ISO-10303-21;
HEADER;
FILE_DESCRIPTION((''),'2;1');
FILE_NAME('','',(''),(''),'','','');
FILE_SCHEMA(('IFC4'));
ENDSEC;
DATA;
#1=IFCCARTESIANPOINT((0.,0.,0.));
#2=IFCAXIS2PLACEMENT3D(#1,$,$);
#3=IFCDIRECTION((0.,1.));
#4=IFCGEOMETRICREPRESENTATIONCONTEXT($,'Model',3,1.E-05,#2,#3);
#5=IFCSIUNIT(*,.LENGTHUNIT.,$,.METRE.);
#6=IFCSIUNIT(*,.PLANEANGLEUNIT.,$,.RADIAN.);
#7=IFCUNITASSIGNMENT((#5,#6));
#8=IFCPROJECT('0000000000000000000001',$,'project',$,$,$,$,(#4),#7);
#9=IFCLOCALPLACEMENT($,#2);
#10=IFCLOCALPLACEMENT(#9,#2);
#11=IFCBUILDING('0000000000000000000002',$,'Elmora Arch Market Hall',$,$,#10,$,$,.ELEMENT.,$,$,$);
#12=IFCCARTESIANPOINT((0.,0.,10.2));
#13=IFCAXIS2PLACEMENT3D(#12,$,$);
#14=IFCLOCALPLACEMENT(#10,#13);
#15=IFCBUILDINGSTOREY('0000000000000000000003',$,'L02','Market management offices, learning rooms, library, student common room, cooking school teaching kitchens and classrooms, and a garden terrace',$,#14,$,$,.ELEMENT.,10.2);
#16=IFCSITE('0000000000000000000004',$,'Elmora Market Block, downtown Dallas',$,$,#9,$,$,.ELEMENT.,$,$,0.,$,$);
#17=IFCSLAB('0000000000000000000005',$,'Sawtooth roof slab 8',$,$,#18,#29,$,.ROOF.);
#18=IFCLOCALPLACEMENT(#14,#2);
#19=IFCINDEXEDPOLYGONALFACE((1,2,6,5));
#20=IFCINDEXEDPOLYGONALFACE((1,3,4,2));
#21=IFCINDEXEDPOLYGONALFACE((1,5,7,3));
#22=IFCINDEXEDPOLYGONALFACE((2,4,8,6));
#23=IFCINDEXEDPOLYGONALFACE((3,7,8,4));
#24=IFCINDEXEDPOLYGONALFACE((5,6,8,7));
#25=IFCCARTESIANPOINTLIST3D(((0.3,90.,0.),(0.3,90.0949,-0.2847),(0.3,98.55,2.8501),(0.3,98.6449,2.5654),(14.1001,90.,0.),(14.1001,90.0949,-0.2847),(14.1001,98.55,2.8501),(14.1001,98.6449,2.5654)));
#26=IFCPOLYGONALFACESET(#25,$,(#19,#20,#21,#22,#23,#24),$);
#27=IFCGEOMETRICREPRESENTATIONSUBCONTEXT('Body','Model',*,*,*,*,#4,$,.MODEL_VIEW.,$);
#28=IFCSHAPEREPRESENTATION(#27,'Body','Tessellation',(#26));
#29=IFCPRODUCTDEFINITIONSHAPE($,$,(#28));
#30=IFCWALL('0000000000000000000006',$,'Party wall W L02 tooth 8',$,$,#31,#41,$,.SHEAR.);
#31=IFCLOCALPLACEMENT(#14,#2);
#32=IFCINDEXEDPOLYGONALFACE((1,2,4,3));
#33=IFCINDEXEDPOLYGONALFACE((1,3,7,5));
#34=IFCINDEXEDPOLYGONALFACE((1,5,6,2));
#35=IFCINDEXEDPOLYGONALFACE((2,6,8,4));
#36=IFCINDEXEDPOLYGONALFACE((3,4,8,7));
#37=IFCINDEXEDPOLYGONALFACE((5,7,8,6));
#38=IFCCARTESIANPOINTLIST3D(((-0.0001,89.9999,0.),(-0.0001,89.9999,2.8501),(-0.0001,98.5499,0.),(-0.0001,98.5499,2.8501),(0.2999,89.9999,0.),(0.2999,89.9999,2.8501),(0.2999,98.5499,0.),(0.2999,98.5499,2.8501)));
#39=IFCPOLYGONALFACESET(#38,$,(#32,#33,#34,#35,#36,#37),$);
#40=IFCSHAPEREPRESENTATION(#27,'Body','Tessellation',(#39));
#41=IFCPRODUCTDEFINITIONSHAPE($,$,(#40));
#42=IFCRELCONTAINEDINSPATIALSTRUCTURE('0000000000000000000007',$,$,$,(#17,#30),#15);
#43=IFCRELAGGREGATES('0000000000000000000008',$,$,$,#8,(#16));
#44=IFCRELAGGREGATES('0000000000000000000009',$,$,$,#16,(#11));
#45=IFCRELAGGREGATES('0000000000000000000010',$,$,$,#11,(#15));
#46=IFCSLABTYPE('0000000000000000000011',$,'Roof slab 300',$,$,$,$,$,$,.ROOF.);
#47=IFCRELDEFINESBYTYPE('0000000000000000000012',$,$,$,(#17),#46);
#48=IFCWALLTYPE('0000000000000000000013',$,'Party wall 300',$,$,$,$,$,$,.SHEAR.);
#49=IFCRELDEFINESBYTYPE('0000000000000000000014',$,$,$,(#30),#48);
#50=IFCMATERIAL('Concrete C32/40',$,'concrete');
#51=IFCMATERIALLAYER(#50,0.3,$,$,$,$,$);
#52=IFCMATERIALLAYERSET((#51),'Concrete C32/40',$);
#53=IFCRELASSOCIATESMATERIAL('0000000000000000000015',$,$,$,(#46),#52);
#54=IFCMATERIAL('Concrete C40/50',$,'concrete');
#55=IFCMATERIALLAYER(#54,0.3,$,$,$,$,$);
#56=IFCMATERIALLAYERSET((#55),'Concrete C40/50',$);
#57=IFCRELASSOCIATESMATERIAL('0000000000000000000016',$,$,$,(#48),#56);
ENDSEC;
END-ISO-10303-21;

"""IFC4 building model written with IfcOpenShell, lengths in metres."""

from ifc_helpers import new_model, si_unit, direction, frame, frame_2d, origin, place, context, subcontext, project, spatial, polyline, rectangle, outline, extrude, material, layer, layer_set, type_object, element, save


model = new_model("IFC4")

# Units and contexts
model_context = context("Model", 3, precision=1e-05, world=origin(), true_north=direction((0.0, 1.0)))
body_context = subcontext(model_context, "Body", "Model", "MODEL_VIEW")
ifc_project = project(units=[si_unit("LENGTHUNIT", "METRE"), si_unit("PLANEANGLEUNIT", "RADIAN")], contexts=[model_context])

# Site, building, storey
site_placement = place(None, origin())
site = spatial("IfcSite", under=ifc_project, at=site_placement, Name="Elmora Market Block, downtown Dallas", CompositionType="ELEMENT", RefElevation=0.0)
building_placement = place(site_placement, origin())
building = spatial("IfcBuilding", under=site, at=building_placement, Name="Elmora Arch Market Hall", CompositionType="ELEMENT")
storey_placement = place(building_placement, frame((0.0, 0.0, 10.2)))
storey = spatial("IfcBuildingStorey", under=building, at=storey_placement, Name="L02", Description="Market management offices, learning rooms, library, student common room, cooking school teaching kitchens and classrooms, and a garden terrace", CompositionType="ELEMENT", Elevation=10.2)

# Slab
ifc_material_1 = material(Name="Concrete C32/40", Category="concrete")
ifc_layer_1 = layer(ifc_material_1, 0.3)
ifc_layer_set_1 = layer_set([ifc_layer_1], Name="Concrete C32/40")
slab_type = type_object("IfcSlabType", Name="Roof slab 300", PredefinedType="ROOF", material=ifc_layer_set_1)
slab_1_placement = place(storey_placement, frame((0.3, 90.0, 0.0), z_axis=(0.0, -0.316236, 0.948681), x_axis=(1.0, 0.0, 0.0)))
element("IfcSlab", 1, at=slab_1_placement, inside=storey, type_object=slab_type, Name="Sawtooth roof slab 8", PredefinedType="ROOF", context=body_context, shape_type="SweptSolid", body=[
    extrude(outline(polyline([(0.0, 0.0), (13.8, 0.0), (13.8, 9.0126), (0.0, 9.0126), (0.0, 0.0)])), origin(), (0.0, 0.0, -1.0), 0.3),
])

# Wall
ifc_material_2 = material(Name="Concrete C40/50", Category="concrete")
ifc_layer_2 = layer(ifc_material_2, 0.3)
ifc_layer_set_2 = layer_set([ifc_layer_2], Name="Concrete C40/50")
wall_type = type_object("IfcWallType", Name="Party wall 300", PredefinedType="SHEAR", material=ifc_layer_set_2)
wall_placement = place(storey_placement, frame((0.1499, 90.0, 0.0), z_axis=(0.0, 0.0, 1.0), x_axis=(0.0, 1.0, 0.0)))
element("IfcWall", 2, at=wall_placement, inside=storey, type_object=wall_type, Name="Party wall W L02 tooth 8", PredefinedType="SHEAR", context=body_context, shape_type="SweptSolid", body=[
    extrude(rectangle(XDim=8.55, YDim=0.3, at=frame_2d((4.2749, 0.0))), origin(), (0.0, 0.0, 1.0), 2.8501),
])

save(model, "model.ifc")
